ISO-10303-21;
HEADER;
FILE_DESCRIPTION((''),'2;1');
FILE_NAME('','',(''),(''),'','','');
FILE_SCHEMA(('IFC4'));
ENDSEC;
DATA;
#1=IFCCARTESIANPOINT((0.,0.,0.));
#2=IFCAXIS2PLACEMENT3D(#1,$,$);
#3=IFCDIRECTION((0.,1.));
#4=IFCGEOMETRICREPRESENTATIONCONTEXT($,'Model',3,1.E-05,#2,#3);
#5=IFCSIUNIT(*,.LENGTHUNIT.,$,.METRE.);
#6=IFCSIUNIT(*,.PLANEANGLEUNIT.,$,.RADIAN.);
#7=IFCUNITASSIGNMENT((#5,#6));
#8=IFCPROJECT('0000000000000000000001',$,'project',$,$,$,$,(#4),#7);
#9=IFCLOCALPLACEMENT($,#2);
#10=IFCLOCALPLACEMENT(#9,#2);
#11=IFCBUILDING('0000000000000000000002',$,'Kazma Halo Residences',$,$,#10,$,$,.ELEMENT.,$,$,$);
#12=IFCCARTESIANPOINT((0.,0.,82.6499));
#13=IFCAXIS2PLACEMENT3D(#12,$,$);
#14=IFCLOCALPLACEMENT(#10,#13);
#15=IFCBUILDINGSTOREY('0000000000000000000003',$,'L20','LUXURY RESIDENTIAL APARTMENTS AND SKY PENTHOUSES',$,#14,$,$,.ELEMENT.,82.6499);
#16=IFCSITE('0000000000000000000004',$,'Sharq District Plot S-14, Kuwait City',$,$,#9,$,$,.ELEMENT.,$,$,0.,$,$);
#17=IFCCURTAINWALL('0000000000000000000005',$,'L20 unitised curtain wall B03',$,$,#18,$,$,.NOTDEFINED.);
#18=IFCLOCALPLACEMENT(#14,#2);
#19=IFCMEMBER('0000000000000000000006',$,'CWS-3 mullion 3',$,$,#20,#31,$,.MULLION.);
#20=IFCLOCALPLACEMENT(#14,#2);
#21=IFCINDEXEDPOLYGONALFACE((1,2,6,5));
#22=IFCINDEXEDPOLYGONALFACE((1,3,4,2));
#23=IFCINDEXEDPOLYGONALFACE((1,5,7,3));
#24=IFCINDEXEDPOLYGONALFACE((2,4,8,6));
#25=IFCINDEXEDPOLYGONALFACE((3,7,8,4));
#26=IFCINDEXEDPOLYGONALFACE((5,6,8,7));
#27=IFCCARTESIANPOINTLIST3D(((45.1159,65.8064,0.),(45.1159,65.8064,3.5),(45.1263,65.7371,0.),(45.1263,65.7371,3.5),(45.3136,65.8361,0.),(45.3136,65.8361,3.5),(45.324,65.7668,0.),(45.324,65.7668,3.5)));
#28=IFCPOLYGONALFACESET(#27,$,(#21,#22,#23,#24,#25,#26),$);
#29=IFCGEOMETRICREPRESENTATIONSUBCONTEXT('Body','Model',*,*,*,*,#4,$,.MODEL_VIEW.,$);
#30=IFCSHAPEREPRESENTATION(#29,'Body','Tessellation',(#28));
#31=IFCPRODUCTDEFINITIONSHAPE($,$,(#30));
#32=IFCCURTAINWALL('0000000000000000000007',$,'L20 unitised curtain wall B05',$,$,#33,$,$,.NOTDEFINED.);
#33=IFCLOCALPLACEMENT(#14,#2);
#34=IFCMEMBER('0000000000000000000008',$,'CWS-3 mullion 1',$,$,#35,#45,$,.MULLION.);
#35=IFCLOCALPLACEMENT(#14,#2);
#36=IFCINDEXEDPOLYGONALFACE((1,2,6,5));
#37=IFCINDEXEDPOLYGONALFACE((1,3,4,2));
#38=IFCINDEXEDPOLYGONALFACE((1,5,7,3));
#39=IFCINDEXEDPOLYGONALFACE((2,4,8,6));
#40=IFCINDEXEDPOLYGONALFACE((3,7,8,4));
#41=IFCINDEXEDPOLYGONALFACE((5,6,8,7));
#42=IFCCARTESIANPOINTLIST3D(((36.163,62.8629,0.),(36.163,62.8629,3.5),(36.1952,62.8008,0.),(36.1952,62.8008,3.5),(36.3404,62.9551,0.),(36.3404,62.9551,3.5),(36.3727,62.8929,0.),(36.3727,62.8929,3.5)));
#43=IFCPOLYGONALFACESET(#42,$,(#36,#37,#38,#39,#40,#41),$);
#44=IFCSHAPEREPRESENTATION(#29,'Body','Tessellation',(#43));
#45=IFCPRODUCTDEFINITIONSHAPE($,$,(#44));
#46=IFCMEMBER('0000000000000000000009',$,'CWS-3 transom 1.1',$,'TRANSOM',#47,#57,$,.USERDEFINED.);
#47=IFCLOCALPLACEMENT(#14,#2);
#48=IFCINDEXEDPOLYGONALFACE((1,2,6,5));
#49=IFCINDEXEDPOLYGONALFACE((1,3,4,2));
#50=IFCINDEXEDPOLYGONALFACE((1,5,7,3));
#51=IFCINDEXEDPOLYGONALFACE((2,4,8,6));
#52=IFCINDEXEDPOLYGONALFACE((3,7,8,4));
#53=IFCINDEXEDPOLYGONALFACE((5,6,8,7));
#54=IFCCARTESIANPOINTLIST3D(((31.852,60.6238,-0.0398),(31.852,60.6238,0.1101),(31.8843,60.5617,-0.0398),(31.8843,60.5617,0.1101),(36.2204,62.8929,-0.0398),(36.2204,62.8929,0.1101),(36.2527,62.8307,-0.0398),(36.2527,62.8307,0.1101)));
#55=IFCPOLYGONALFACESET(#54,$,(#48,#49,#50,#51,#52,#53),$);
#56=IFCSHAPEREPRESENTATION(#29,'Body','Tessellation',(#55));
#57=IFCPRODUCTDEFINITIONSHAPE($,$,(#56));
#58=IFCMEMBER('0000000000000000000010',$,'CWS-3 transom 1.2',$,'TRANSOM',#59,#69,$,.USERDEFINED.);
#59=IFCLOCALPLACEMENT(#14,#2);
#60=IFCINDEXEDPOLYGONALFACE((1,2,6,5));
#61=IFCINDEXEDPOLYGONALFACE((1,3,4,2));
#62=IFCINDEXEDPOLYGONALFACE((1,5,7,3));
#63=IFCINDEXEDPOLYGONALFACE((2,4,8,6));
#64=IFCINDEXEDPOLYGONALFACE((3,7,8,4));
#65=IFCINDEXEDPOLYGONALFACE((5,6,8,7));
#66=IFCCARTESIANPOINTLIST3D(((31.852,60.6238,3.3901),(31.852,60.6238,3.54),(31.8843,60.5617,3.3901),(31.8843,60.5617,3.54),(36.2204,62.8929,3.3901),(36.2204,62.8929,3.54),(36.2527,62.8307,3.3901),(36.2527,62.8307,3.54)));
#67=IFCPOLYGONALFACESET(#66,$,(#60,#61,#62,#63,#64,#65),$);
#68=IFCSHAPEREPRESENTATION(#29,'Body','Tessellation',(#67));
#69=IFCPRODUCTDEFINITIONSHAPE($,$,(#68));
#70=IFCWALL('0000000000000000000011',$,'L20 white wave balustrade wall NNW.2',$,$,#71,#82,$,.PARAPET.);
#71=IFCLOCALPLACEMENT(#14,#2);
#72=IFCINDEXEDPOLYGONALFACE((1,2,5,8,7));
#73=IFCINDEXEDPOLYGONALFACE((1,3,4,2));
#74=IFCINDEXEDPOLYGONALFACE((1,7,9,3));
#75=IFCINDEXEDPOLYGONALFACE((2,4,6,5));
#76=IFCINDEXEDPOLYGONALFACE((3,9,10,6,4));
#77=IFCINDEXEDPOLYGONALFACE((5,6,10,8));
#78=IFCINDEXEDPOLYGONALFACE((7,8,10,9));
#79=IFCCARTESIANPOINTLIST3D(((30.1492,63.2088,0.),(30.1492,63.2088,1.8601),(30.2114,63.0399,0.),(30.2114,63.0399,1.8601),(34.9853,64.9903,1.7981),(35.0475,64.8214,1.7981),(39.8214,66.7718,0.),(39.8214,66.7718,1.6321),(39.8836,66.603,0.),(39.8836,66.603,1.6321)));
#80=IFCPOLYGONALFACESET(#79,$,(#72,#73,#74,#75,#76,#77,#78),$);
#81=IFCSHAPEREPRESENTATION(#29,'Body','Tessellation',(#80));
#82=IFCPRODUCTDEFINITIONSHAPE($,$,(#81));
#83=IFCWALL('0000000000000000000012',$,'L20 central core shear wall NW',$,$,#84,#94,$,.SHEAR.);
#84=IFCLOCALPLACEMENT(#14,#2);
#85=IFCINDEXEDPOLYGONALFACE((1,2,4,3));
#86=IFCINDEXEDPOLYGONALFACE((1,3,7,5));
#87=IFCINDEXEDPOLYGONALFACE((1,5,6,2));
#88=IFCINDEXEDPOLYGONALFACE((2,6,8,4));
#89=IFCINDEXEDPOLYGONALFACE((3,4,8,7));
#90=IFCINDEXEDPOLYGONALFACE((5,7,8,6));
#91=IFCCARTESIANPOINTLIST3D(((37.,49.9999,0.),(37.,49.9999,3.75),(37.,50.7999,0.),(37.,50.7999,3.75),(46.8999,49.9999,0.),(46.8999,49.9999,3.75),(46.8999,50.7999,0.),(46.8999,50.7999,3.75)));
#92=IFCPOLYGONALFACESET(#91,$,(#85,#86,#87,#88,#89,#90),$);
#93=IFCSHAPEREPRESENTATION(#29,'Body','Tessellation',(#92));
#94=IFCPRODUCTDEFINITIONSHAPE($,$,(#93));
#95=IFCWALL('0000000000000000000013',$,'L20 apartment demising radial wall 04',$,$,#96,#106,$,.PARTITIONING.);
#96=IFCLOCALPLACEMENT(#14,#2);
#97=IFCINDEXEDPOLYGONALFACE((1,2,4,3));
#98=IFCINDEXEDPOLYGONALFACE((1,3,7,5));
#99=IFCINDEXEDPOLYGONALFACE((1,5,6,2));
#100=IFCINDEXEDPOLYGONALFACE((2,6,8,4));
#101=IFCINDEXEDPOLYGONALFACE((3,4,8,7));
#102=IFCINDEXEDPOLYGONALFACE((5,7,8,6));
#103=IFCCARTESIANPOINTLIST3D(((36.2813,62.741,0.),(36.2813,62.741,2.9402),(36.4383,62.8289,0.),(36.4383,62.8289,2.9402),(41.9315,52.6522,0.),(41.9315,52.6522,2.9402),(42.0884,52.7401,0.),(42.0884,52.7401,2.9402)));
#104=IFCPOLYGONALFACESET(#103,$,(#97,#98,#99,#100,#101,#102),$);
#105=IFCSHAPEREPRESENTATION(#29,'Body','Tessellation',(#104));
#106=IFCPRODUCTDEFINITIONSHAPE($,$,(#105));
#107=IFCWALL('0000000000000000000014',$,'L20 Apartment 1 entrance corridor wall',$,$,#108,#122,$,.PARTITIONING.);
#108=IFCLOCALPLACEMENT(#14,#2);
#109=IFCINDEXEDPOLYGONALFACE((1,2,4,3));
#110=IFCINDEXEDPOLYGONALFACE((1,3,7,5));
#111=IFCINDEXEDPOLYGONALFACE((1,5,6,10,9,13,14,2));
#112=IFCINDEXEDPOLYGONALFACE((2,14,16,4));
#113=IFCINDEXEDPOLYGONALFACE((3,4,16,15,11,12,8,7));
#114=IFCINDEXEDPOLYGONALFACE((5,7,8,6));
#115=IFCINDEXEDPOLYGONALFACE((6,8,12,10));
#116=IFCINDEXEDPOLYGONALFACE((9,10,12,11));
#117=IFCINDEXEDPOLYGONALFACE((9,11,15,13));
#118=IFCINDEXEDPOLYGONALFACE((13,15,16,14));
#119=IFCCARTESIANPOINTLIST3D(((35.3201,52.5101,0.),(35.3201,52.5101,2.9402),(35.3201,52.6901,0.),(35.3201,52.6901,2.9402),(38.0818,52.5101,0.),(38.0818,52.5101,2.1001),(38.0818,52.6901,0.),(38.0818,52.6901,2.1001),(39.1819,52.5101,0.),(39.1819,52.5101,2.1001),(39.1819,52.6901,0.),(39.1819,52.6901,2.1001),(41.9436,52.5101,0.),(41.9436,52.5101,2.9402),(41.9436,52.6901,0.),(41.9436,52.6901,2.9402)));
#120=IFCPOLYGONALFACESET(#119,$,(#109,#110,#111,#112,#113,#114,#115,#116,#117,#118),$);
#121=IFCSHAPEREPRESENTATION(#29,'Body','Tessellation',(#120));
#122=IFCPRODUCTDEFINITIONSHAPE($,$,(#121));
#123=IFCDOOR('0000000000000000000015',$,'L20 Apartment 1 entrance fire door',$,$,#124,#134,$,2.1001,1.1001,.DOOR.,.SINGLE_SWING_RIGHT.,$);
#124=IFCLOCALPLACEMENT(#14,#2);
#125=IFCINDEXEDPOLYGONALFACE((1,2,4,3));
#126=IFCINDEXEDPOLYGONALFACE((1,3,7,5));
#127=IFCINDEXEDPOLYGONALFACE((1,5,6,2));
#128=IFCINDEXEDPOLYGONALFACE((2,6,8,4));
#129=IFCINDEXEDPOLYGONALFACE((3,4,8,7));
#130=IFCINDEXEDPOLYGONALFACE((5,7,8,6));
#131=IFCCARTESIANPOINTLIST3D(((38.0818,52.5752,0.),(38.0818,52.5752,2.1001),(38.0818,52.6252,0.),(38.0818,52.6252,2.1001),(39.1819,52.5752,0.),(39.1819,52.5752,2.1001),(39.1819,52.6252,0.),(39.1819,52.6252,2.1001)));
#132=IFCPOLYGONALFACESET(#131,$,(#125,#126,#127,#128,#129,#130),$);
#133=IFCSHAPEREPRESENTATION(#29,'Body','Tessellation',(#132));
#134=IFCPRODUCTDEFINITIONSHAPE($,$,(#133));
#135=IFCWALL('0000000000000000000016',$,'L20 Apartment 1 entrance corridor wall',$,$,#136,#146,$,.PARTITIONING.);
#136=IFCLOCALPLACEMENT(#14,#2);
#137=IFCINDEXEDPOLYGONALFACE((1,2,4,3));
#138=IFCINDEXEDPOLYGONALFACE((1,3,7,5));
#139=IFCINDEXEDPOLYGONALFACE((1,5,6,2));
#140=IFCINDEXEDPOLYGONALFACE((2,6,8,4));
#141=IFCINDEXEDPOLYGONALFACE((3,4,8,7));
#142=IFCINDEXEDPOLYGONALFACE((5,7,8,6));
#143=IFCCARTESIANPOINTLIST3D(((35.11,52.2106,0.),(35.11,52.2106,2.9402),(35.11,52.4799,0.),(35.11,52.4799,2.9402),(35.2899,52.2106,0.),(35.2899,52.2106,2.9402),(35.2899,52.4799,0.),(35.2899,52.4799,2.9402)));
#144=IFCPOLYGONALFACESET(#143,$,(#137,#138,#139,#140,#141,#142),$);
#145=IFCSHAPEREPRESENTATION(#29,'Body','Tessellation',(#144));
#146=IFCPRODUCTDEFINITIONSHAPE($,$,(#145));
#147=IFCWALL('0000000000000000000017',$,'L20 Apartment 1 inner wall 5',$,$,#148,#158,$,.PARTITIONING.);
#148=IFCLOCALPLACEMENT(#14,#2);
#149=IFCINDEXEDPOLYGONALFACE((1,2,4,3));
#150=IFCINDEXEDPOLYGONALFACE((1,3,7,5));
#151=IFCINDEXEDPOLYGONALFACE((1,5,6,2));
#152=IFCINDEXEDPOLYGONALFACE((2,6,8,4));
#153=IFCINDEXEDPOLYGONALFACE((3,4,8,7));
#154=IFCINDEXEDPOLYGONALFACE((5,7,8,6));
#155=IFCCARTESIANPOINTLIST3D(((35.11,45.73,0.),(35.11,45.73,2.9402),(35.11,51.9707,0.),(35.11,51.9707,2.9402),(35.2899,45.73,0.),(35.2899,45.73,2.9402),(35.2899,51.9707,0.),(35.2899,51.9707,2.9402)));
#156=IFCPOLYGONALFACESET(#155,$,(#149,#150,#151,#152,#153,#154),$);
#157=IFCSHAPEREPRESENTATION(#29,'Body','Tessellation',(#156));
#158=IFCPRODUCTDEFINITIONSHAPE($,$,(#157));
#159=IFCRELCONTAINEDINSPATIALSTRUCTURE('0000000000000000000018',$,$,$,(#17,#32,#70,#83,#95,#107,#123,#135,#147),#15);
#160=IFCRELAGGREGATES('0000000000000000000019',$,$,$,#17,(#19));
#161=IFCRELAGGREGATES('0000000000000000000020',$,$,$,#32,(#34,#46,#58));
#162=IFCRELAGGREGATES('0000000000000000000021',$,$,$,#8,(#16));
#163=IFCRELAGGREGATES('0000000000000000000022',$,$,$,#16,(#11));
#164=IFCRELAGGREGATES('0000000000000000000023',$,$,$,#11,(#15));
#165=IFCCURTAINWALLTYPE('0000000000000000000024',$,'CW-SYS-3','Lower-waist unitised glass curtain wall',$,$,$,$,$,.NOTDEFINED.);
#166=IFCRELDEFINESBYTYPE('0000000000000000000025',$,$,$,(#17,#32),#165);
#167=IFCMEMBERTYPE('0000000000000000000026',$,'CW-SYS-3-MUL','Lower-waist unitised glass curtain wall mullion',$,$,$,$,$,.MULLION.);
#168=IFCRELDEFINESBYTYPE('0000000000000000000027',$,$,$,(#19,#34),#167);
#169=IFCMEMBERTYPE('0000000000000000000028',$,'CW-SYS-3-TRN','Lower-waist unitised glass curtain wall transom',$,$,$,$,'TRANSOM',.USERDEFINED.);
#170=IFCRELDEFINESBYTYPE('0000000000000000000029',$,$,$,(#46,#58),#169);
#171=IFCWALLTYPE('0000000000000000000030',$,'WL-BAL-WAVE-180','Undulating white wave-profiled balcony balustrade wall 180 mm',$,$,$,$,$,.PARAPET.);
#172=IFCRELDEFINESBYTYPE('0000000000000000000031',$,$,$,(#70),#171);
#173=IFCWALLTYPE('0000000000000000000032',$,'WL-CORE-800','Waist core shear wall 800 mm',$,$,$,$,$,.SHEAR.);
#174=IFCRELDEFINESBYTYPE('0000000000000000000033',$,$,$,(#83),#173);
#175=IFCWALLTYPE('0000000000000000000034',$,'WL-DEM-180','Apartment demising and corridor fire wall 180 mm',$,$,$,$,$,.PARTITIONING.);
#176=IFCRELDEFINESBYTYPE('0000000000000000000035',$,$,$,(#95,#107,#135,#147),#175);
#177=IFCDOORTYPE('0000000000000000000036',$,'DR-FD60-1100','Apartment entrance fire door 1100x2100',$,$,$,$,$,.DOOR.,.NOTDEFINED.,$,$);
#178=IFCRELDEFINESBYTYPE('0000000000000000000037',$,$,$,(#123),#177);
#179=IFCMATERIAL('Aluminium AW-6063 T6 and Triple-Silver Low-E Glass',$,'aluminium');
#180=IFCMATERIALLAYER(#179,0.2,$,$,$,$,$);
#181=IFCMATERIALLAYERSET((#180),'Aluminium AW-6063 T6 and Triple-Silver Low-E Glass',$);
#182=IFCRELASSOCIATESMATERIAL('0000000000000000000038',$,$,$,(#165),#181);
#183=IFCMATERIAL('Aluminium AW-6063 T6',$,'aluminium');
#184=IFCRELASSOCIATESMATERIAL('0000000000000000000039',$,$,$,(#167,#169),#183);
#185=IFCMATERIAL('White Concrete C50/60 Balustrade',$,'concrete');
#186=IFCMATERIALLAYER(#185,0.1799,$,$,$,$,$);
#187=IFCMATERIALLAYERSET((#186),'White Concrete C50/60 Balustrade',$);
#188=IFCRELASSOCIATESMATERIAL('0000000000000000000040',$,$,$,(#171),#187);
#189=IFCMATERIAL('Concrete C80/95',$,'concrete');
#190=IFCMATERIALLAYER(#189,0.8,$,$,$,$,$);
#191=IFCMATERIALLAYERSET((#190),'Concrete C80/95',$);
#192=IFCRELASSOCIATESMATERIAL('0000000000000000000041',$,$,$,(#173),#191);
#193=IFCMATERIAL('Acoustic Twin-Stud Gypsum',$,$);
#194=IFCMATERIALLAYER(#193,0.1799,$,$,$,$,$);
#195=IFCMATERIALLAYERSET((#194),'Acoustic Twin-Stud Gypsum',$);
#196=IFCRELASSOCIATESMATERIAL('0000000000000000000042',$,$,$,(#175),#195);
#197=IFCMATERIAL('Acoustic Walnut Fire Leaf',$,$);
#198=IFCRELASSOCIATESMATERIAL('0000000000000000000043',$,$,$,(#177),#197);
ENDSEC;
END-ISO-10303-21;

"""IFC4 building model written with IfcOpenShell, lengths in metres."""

from ifc_helpers import new_model, si_unit, direction, frame, frame_2d, origin, origin_2d, place, context, subcontext, project, spatial, polyline, rectangle, outline, extrude, material, layer, layer_set, material_profile, profile_set, type_object, element, fill, aggregate, save


model = new_model("IFC4")

# Units and contexts
model_context = context("Model", 3, precision=1e-05, world=origin(), true_north=direction((0.0, 1.0)))
body_context = subcontext(model_context, "Body", "Model", "MODEL_VIEW")
ifc_project = project(units=[si_unit("LENGTHUNIT", "METRE"), si_unit("PLANEANGLEUNIT", "RADIAN")], contexts=[model_context])

# Site, building, storey
site_placement = place(None, origin())
site = spatial("IfcSite", under=ifc_project, at=site_placement, Name="Sharq District Plot S-14, Kuwait City", CompositionType="ELEMENT", RefElevation=0.0)
building_placement = place(site_placement, origin())
building = spatial("IfcBuilding", under=site, at=building_placement, Name="Kazma Halo Residences", CompositionType="ELEMENT")
storey_placement = place(building_placement, frame((0.0, 0.0, 82.6499)))
storey = spatial("IfcBuildingStorey", under=building, at=storey_placement, Name="L20", Description="LUXURY RESIDENTIAL APARTMENTS AND SKY PENTHOUSES", CompositionType="ELEMENT", Elevation=82.6499)

# Shared definitions
ifc_material_1 = material(Name="Concrete C80/95", Category="concrete")

# Curtain wall, member
ifc_material_2 = material(Name="Aluminium AW-6063 T6 and Triple-Silver Low-E Glass", Category="aluminium")
ifc_layer_1 = layer(ifc_material_2, 0.2)
ifc_layer_set_1 = layer_set([ifc_layer_1], Name="Aluminium AW-6063 T6 and Triple-Silver Low-E Glass")
curtain_wall_type = type_object("IfcCurtainWallType", Name="CW-SYS-3", Description="Lower-waist unitised glass curtain wall", PredefinedType="NOTDEFINED", material=ifc_layer_set_1)
curtain_wall_1_placement = place(storey_placement, origin())
curtain_wall_1 = element("IfcCurtainWall", 1, at=curtain_wall_1_placement, inside=storey, type_object=curtain_wall_type, Name="L20 unitised curtain wall B03", PredefinedType="NOTDEFINED")
ifc_material_3 = material(Name="Aluminium AW-6063 T6", Category="aluminium")
ifc_material_profile_1 = material_profile(ifc_material_3, rectangle(XDim=0.0701, YDim=0.2, at=origin_2d()), Name="CWM-70x200")
ifc_profile_set_1 = profile_set([ifc_material_profile_1], Name="Aluminium AW-6063 T6")
member_type_1 = type_object("IfcMemberType", Name="CW-SYS-3-MUL", Description="Lower-waist unitised glass curtain wall mullion", PredefinedType="MULLION", material=ifc_profile_set_1)
member_1_placement = place(storey_placement, frame((45.22, 65.7866, 0.0), z_axis=(0.0, 0.0, 1.0), x_axis=(0.148717, -0.98888, 0.0)))
member_1 = element("IfcMember", 2, at=member_1_placement, type_object=member_type_1, Name="CWS-3 mullion 3", PredefinedType="MULLION", context=body_context, shape_type="SweptSolid", body=[
    extrude(rectangle(XDim=0.0701, YDim=0.2, at=origin_2d()), origin(), (0.0, 0.0, 1.0), 3.5),
])
aggregate(curtain_wall_1, [member_1])

# Curtain wall, members
curtain_wall_2_placement = place(storey_placement, origin())
curtain_wall_2 = element("IfcCurtainWall", 3, at=curtain_wall_2_placement, inside=storey, type_object=curtain_wall_type, Name="L20 unitised curtain wall B05", PredefinedType="NOTDEFINED")
member_2_placement = place(storey_placement, frame((36.2678, 62.8779, 0.0), z_axis=(0.0, 0.0, 1.0), x_axis=(0.460932, -0.887435, 0.0)))
member_2 = element("IfcMember", 4, at=member_2_placement, type_object=member_type_1, Name="CWS-3 mullion 1", PredefinedType="MULLION", context=body_context, shape_type="SweptSolid", body=[
    extrude(rectangle(XDim=0.0701, YDim=0.2, at=origin_2d()), origin(), (0.0, 0.0, 1.0), 3.5),
])
ifc_material_profile_2 = material_profile(ifc_material_3, rectangle(XDim=0.0701, YDim=0.1499, at=origin_2d()), Name="CWT-70x150")
ifc_profile_set_2 = profile_set([ifc_material_profile_2], Name="Aluminium AW-6063 T6")
member_type_2 = type_object("IfcMemberType", Name="CW-SYS-3-TRN", Description="Lower-waist unitised glass curtain wall transom", ElementType="TRANSOM", PredefinedType="USERDEFINED", material=ifc_profile_set_2)
member_3_placement = place(storey_placement, frame((36.2366, 62.8618, 0.0352), z_axis=(-0.887427, -0.460948, 0.0), x_axis=(0.460948, -0.887427, 0.0)))
member_3 = element("IfcMember", 5, at=member_3_placement, type_object=member_type_2, Name="CWS-3 transom 1.1", ObjectType="TRANSOM", PredefinedType="USERDEFINED", context=body_context, shape_type="SweptSolid", body=[
    extrude(rectangle(XDim=0.0701, YDim=0.1499, at=origin_2d()), origin(), (0.0, 0.0, 1.0), 4.9226),
])
member_4_placement = place(storey_placement, frame((36.2366, 62.8618, 3.4651), z_axis=(-0.887427, -0.460948, 0.0), x_axis=(0.460948, -0.887427, 0.0)))
member_4 = element("IfcMember", 6, at=member_4_placement, type_object=member_type_2, Name="CWS-3 transom 1.2", ObjectType="TRANSOM", PredefinedType="USERDEFINED", context=body_context, shape_type="SweptSolid", body=[
    extrude(rectangle(XDim=0.0701, YDim=0.1499, at=origin_2d()), origin(), (0.0, 0.0, 1.0), 4.9226),
])
aggregate(curtain_wall_2, [member_2, member_3, member_4])

# Walls
ifc_material_4 = material(Name="White Concrete C50/60 Balustrade", Category="concrete")
ifc_layer_2 = layer(ifc_material_4, 0.1799)
ifc_layer_set_2 = layer_set([ifc_layer_2], Name="White Concrete C50/60 Balustrade")
wall_type_1 = type_object("IfcWallType", Name="WL-BAL-WAVE-180", Description="Undulating white wave-profiled balcony balustrade wall 180 mm", PredefinedType="PARAPET", material=ifc_layer_set_2)
wall_1_placement = place(storey_placement, frame((39.8525, 66.6873, 0.0), z_axis=(0.0, 0.0, 1.0), x_axis=(-0.938356, -0.345669, 0.0)))
element("IfcWall", 7, at=wall_1_placement, inside=storey, type_object=wall_type_1, Name="L20 white wave balustrade wall NNW.2", PredefinedType="PARAPET", context=body_context, shape_type="SweptSolid", body=[
    extrude(outline(polyline([(0.0, 0.0), (10.3076, 0.0), (10.3076, 1.8601), (5.1538, 1.7981), (0.0, 1.6321), (0.0, 0.0)])), frame((0.0, 0.0898, 0.0), z_axis=(0.0, -1.0, 0.0), x_axis=(1.0, 0.0, 0.0)), (0.0, 0.0, 1.0), 0.1799),
])
ifc_layer_3 = layer(ifc_material_1, 0.8)
ifc_layer_set_3 = layer_set([ifc_layer_3], Name="Concrete C80/95")
wall_type_2 = type_object("IfcWallType", Name="WL-CORE-800", Description="Waist core shear wall 800 mm", PredefinedType="SHEAR", material=ifc_layer_set_3)
wall_2_placement = place(storey_placement, frame((37.0, 50.3999, 0.0), z_axis=(0.0, 0.0, 1.0), x_axis=(1.0, 0.0, 0.0)))
element("IfcWall", 8, at=wall_2_placement, inside=storey, type_object=wall_type_2, Name="L20 central core shear wall NW", PredefinedType="SHEAR", context=body_context, shape_type="SweptSolid", body=[
    extrude(rectangle(XDim=9.8999, YDim=0.8, at=frame_2d((4.95, 0.0))), origin(), (0.0, 0.0, 1.0), 3.75),
])
ifc_material_5 = material(Name="Acoustic Twin-Stud Gypsum")
ifc_layer_4 = layer(ifc_material_5, 0.1799)
ifc_layer_set_4 = layer_set([ifc_layer_4], Name="Acoustic Twin-Stud Gypsum")
wall_type_3 = type_object("IfcWallType", Name="WL-DEM-180", Description="Apartment demising and corridor fire wall 180 mm", PredefinedType="PARTITIONING", material=ifc_layer_set_4)
wall_3_placement = place(storey_placement, frame((42.01, 52.696, 0.0), z_axis=(0.0, 0.0, 1.0), x_axis=(-0.488628, 0.872492, 0.0)))
element("IfcWall", 9, at=wall_3_placement, inside=storey, type_object=wall_type_3, Name="L20 apartment demising radial wall 04", PredefinedType="PARTITIONING", context=body_context, shape_type="SweptSolid", body=[
    extrude(rectangle(XDim=11.5632, YDim=0.1799, at=frame_2d((5.7817, 0.0))), origin(), (0.0, 0.0, 1.0), 2.9402),
])

# Wall, opening, door
wall_4_placement = place(storey_placement, frame((41.9436, 52.6001, 0.0), z_axis=(0.0, 0.0, 1.0), x_axis=(-1.0, 0.0, 0.0)))
wall_4 = element("IfcWall", 10, at=wall_4_placement, inside=storey, type_object=wall_type_3, Name="L20 Apartment 1 entrance corridor wall", PredefinedType="PARTITIONING", context=body_context, shape_type="SweptSolid", body=[
    extrude(rectangle(XDim=6.6235, YDim=0.1799, at=frame_2d((3.3118, 0.0))), origin(), (0.0, 0.0, 1.0), 2.9402),
])
opening_1_placement = place(wall_4_placement, frame((2.7617, 0.0, 0.0)))
opening_1 = element("IfcOpeningElement", 11, at=opening_1_placement, cuts=wall_4, PredefinedType="OPENING", context=body_context, shape_type="SweptSolid", body=[
    extrude(rectangle(XDim=1.1001, YDim=2.1001, at=frame_2d((0.55, 1.05))), frame((0.0, 0.0999, 0.0), z_axis=(0.0, -1.0, 0.0), x_axis=(1.0, 0.0, 0.0)), (0.0, 0.0, 1.0), 0.2),
])
ifc_material_6 = material(Name="Acoustic Walnut Fire Leaf")
door_type_1 = type_object("IfcDoorType", Name="DR-FD60-1100", Description="Apartment entrance fire door 1100x2100", OperationType="NOTDEFINED", PredefinedType="DOOR", material=ifc_material_6)
door_1_placement = place(opening_1_placement, origin())
door_1 = element("IfcDoor", 12, at=door_1_placement, inside=storey, type_object=door_type_1, Name="L20 Apartment 1 entrance fire door", OperationType="SINGLE_SWING_RIGHT", OverallHeight=2.1001, OverallWidth=1.1001, PredefinedType="DOOR", context=body_context, shape_type="SweptSolid", body=[
    extrude(rectangle(XDim=1.1001, YDim=2.1001, at=frame_2d((0.55, 1.05))), frame((0.0, 0.0249, 0.0), z_axis=(0.0, -1.0, 0.0), x_axis=(1.0, 0.0, 0.0)), (0.0, 0.0, 1.0), 0.05),
])
fill(opening_1, door_1)

# Walls
wall_5_placement = place(storey_placement, frame((35.2, 52.48, 0.0), z_axis=(0.0, 0.0, 1.0), x_axis=(0.0, -1.0, 0.0)))
element("IfcWall", 13, at=wall_5_placement, inside=storey, type_object=wall_type_3, Name="L20 Apartment 1 entrance corridor wall", PredefinedType="PARTITIONING", context=body_context, shape_type="SweptSolid", body=[
    extrude(rectangle(XDim=0.2693, YDim=0.1799, at=frame_2d((0.1348, 0.0))), origin(), (0.0, 0.0, 1.0), 2.9402),
])
wall_6_placement = place(storey_placement, frame((35.2, 51.9707, 0.0), z_axis=(0.0, 0.0, 1.0), x_axis=(0.0, -1.0, 0.0)))
element("IfcWall", 14, at=wall_6_placement, inside=storey, type_object=wall_type_3, Name="L20 Apartment 1 inner wall 5", PredefinedType="PARTITIONING", context=body_context, shape_type="SweptSolid", body=[
    extrude(rectangle(XDim=6.2407, YDim=0.1799, at=frame_2d((3.1204, 0.0))), origin(), (0.0, 0.0, 1.0), 2.9402),
])

save(model, "model.ifc")
